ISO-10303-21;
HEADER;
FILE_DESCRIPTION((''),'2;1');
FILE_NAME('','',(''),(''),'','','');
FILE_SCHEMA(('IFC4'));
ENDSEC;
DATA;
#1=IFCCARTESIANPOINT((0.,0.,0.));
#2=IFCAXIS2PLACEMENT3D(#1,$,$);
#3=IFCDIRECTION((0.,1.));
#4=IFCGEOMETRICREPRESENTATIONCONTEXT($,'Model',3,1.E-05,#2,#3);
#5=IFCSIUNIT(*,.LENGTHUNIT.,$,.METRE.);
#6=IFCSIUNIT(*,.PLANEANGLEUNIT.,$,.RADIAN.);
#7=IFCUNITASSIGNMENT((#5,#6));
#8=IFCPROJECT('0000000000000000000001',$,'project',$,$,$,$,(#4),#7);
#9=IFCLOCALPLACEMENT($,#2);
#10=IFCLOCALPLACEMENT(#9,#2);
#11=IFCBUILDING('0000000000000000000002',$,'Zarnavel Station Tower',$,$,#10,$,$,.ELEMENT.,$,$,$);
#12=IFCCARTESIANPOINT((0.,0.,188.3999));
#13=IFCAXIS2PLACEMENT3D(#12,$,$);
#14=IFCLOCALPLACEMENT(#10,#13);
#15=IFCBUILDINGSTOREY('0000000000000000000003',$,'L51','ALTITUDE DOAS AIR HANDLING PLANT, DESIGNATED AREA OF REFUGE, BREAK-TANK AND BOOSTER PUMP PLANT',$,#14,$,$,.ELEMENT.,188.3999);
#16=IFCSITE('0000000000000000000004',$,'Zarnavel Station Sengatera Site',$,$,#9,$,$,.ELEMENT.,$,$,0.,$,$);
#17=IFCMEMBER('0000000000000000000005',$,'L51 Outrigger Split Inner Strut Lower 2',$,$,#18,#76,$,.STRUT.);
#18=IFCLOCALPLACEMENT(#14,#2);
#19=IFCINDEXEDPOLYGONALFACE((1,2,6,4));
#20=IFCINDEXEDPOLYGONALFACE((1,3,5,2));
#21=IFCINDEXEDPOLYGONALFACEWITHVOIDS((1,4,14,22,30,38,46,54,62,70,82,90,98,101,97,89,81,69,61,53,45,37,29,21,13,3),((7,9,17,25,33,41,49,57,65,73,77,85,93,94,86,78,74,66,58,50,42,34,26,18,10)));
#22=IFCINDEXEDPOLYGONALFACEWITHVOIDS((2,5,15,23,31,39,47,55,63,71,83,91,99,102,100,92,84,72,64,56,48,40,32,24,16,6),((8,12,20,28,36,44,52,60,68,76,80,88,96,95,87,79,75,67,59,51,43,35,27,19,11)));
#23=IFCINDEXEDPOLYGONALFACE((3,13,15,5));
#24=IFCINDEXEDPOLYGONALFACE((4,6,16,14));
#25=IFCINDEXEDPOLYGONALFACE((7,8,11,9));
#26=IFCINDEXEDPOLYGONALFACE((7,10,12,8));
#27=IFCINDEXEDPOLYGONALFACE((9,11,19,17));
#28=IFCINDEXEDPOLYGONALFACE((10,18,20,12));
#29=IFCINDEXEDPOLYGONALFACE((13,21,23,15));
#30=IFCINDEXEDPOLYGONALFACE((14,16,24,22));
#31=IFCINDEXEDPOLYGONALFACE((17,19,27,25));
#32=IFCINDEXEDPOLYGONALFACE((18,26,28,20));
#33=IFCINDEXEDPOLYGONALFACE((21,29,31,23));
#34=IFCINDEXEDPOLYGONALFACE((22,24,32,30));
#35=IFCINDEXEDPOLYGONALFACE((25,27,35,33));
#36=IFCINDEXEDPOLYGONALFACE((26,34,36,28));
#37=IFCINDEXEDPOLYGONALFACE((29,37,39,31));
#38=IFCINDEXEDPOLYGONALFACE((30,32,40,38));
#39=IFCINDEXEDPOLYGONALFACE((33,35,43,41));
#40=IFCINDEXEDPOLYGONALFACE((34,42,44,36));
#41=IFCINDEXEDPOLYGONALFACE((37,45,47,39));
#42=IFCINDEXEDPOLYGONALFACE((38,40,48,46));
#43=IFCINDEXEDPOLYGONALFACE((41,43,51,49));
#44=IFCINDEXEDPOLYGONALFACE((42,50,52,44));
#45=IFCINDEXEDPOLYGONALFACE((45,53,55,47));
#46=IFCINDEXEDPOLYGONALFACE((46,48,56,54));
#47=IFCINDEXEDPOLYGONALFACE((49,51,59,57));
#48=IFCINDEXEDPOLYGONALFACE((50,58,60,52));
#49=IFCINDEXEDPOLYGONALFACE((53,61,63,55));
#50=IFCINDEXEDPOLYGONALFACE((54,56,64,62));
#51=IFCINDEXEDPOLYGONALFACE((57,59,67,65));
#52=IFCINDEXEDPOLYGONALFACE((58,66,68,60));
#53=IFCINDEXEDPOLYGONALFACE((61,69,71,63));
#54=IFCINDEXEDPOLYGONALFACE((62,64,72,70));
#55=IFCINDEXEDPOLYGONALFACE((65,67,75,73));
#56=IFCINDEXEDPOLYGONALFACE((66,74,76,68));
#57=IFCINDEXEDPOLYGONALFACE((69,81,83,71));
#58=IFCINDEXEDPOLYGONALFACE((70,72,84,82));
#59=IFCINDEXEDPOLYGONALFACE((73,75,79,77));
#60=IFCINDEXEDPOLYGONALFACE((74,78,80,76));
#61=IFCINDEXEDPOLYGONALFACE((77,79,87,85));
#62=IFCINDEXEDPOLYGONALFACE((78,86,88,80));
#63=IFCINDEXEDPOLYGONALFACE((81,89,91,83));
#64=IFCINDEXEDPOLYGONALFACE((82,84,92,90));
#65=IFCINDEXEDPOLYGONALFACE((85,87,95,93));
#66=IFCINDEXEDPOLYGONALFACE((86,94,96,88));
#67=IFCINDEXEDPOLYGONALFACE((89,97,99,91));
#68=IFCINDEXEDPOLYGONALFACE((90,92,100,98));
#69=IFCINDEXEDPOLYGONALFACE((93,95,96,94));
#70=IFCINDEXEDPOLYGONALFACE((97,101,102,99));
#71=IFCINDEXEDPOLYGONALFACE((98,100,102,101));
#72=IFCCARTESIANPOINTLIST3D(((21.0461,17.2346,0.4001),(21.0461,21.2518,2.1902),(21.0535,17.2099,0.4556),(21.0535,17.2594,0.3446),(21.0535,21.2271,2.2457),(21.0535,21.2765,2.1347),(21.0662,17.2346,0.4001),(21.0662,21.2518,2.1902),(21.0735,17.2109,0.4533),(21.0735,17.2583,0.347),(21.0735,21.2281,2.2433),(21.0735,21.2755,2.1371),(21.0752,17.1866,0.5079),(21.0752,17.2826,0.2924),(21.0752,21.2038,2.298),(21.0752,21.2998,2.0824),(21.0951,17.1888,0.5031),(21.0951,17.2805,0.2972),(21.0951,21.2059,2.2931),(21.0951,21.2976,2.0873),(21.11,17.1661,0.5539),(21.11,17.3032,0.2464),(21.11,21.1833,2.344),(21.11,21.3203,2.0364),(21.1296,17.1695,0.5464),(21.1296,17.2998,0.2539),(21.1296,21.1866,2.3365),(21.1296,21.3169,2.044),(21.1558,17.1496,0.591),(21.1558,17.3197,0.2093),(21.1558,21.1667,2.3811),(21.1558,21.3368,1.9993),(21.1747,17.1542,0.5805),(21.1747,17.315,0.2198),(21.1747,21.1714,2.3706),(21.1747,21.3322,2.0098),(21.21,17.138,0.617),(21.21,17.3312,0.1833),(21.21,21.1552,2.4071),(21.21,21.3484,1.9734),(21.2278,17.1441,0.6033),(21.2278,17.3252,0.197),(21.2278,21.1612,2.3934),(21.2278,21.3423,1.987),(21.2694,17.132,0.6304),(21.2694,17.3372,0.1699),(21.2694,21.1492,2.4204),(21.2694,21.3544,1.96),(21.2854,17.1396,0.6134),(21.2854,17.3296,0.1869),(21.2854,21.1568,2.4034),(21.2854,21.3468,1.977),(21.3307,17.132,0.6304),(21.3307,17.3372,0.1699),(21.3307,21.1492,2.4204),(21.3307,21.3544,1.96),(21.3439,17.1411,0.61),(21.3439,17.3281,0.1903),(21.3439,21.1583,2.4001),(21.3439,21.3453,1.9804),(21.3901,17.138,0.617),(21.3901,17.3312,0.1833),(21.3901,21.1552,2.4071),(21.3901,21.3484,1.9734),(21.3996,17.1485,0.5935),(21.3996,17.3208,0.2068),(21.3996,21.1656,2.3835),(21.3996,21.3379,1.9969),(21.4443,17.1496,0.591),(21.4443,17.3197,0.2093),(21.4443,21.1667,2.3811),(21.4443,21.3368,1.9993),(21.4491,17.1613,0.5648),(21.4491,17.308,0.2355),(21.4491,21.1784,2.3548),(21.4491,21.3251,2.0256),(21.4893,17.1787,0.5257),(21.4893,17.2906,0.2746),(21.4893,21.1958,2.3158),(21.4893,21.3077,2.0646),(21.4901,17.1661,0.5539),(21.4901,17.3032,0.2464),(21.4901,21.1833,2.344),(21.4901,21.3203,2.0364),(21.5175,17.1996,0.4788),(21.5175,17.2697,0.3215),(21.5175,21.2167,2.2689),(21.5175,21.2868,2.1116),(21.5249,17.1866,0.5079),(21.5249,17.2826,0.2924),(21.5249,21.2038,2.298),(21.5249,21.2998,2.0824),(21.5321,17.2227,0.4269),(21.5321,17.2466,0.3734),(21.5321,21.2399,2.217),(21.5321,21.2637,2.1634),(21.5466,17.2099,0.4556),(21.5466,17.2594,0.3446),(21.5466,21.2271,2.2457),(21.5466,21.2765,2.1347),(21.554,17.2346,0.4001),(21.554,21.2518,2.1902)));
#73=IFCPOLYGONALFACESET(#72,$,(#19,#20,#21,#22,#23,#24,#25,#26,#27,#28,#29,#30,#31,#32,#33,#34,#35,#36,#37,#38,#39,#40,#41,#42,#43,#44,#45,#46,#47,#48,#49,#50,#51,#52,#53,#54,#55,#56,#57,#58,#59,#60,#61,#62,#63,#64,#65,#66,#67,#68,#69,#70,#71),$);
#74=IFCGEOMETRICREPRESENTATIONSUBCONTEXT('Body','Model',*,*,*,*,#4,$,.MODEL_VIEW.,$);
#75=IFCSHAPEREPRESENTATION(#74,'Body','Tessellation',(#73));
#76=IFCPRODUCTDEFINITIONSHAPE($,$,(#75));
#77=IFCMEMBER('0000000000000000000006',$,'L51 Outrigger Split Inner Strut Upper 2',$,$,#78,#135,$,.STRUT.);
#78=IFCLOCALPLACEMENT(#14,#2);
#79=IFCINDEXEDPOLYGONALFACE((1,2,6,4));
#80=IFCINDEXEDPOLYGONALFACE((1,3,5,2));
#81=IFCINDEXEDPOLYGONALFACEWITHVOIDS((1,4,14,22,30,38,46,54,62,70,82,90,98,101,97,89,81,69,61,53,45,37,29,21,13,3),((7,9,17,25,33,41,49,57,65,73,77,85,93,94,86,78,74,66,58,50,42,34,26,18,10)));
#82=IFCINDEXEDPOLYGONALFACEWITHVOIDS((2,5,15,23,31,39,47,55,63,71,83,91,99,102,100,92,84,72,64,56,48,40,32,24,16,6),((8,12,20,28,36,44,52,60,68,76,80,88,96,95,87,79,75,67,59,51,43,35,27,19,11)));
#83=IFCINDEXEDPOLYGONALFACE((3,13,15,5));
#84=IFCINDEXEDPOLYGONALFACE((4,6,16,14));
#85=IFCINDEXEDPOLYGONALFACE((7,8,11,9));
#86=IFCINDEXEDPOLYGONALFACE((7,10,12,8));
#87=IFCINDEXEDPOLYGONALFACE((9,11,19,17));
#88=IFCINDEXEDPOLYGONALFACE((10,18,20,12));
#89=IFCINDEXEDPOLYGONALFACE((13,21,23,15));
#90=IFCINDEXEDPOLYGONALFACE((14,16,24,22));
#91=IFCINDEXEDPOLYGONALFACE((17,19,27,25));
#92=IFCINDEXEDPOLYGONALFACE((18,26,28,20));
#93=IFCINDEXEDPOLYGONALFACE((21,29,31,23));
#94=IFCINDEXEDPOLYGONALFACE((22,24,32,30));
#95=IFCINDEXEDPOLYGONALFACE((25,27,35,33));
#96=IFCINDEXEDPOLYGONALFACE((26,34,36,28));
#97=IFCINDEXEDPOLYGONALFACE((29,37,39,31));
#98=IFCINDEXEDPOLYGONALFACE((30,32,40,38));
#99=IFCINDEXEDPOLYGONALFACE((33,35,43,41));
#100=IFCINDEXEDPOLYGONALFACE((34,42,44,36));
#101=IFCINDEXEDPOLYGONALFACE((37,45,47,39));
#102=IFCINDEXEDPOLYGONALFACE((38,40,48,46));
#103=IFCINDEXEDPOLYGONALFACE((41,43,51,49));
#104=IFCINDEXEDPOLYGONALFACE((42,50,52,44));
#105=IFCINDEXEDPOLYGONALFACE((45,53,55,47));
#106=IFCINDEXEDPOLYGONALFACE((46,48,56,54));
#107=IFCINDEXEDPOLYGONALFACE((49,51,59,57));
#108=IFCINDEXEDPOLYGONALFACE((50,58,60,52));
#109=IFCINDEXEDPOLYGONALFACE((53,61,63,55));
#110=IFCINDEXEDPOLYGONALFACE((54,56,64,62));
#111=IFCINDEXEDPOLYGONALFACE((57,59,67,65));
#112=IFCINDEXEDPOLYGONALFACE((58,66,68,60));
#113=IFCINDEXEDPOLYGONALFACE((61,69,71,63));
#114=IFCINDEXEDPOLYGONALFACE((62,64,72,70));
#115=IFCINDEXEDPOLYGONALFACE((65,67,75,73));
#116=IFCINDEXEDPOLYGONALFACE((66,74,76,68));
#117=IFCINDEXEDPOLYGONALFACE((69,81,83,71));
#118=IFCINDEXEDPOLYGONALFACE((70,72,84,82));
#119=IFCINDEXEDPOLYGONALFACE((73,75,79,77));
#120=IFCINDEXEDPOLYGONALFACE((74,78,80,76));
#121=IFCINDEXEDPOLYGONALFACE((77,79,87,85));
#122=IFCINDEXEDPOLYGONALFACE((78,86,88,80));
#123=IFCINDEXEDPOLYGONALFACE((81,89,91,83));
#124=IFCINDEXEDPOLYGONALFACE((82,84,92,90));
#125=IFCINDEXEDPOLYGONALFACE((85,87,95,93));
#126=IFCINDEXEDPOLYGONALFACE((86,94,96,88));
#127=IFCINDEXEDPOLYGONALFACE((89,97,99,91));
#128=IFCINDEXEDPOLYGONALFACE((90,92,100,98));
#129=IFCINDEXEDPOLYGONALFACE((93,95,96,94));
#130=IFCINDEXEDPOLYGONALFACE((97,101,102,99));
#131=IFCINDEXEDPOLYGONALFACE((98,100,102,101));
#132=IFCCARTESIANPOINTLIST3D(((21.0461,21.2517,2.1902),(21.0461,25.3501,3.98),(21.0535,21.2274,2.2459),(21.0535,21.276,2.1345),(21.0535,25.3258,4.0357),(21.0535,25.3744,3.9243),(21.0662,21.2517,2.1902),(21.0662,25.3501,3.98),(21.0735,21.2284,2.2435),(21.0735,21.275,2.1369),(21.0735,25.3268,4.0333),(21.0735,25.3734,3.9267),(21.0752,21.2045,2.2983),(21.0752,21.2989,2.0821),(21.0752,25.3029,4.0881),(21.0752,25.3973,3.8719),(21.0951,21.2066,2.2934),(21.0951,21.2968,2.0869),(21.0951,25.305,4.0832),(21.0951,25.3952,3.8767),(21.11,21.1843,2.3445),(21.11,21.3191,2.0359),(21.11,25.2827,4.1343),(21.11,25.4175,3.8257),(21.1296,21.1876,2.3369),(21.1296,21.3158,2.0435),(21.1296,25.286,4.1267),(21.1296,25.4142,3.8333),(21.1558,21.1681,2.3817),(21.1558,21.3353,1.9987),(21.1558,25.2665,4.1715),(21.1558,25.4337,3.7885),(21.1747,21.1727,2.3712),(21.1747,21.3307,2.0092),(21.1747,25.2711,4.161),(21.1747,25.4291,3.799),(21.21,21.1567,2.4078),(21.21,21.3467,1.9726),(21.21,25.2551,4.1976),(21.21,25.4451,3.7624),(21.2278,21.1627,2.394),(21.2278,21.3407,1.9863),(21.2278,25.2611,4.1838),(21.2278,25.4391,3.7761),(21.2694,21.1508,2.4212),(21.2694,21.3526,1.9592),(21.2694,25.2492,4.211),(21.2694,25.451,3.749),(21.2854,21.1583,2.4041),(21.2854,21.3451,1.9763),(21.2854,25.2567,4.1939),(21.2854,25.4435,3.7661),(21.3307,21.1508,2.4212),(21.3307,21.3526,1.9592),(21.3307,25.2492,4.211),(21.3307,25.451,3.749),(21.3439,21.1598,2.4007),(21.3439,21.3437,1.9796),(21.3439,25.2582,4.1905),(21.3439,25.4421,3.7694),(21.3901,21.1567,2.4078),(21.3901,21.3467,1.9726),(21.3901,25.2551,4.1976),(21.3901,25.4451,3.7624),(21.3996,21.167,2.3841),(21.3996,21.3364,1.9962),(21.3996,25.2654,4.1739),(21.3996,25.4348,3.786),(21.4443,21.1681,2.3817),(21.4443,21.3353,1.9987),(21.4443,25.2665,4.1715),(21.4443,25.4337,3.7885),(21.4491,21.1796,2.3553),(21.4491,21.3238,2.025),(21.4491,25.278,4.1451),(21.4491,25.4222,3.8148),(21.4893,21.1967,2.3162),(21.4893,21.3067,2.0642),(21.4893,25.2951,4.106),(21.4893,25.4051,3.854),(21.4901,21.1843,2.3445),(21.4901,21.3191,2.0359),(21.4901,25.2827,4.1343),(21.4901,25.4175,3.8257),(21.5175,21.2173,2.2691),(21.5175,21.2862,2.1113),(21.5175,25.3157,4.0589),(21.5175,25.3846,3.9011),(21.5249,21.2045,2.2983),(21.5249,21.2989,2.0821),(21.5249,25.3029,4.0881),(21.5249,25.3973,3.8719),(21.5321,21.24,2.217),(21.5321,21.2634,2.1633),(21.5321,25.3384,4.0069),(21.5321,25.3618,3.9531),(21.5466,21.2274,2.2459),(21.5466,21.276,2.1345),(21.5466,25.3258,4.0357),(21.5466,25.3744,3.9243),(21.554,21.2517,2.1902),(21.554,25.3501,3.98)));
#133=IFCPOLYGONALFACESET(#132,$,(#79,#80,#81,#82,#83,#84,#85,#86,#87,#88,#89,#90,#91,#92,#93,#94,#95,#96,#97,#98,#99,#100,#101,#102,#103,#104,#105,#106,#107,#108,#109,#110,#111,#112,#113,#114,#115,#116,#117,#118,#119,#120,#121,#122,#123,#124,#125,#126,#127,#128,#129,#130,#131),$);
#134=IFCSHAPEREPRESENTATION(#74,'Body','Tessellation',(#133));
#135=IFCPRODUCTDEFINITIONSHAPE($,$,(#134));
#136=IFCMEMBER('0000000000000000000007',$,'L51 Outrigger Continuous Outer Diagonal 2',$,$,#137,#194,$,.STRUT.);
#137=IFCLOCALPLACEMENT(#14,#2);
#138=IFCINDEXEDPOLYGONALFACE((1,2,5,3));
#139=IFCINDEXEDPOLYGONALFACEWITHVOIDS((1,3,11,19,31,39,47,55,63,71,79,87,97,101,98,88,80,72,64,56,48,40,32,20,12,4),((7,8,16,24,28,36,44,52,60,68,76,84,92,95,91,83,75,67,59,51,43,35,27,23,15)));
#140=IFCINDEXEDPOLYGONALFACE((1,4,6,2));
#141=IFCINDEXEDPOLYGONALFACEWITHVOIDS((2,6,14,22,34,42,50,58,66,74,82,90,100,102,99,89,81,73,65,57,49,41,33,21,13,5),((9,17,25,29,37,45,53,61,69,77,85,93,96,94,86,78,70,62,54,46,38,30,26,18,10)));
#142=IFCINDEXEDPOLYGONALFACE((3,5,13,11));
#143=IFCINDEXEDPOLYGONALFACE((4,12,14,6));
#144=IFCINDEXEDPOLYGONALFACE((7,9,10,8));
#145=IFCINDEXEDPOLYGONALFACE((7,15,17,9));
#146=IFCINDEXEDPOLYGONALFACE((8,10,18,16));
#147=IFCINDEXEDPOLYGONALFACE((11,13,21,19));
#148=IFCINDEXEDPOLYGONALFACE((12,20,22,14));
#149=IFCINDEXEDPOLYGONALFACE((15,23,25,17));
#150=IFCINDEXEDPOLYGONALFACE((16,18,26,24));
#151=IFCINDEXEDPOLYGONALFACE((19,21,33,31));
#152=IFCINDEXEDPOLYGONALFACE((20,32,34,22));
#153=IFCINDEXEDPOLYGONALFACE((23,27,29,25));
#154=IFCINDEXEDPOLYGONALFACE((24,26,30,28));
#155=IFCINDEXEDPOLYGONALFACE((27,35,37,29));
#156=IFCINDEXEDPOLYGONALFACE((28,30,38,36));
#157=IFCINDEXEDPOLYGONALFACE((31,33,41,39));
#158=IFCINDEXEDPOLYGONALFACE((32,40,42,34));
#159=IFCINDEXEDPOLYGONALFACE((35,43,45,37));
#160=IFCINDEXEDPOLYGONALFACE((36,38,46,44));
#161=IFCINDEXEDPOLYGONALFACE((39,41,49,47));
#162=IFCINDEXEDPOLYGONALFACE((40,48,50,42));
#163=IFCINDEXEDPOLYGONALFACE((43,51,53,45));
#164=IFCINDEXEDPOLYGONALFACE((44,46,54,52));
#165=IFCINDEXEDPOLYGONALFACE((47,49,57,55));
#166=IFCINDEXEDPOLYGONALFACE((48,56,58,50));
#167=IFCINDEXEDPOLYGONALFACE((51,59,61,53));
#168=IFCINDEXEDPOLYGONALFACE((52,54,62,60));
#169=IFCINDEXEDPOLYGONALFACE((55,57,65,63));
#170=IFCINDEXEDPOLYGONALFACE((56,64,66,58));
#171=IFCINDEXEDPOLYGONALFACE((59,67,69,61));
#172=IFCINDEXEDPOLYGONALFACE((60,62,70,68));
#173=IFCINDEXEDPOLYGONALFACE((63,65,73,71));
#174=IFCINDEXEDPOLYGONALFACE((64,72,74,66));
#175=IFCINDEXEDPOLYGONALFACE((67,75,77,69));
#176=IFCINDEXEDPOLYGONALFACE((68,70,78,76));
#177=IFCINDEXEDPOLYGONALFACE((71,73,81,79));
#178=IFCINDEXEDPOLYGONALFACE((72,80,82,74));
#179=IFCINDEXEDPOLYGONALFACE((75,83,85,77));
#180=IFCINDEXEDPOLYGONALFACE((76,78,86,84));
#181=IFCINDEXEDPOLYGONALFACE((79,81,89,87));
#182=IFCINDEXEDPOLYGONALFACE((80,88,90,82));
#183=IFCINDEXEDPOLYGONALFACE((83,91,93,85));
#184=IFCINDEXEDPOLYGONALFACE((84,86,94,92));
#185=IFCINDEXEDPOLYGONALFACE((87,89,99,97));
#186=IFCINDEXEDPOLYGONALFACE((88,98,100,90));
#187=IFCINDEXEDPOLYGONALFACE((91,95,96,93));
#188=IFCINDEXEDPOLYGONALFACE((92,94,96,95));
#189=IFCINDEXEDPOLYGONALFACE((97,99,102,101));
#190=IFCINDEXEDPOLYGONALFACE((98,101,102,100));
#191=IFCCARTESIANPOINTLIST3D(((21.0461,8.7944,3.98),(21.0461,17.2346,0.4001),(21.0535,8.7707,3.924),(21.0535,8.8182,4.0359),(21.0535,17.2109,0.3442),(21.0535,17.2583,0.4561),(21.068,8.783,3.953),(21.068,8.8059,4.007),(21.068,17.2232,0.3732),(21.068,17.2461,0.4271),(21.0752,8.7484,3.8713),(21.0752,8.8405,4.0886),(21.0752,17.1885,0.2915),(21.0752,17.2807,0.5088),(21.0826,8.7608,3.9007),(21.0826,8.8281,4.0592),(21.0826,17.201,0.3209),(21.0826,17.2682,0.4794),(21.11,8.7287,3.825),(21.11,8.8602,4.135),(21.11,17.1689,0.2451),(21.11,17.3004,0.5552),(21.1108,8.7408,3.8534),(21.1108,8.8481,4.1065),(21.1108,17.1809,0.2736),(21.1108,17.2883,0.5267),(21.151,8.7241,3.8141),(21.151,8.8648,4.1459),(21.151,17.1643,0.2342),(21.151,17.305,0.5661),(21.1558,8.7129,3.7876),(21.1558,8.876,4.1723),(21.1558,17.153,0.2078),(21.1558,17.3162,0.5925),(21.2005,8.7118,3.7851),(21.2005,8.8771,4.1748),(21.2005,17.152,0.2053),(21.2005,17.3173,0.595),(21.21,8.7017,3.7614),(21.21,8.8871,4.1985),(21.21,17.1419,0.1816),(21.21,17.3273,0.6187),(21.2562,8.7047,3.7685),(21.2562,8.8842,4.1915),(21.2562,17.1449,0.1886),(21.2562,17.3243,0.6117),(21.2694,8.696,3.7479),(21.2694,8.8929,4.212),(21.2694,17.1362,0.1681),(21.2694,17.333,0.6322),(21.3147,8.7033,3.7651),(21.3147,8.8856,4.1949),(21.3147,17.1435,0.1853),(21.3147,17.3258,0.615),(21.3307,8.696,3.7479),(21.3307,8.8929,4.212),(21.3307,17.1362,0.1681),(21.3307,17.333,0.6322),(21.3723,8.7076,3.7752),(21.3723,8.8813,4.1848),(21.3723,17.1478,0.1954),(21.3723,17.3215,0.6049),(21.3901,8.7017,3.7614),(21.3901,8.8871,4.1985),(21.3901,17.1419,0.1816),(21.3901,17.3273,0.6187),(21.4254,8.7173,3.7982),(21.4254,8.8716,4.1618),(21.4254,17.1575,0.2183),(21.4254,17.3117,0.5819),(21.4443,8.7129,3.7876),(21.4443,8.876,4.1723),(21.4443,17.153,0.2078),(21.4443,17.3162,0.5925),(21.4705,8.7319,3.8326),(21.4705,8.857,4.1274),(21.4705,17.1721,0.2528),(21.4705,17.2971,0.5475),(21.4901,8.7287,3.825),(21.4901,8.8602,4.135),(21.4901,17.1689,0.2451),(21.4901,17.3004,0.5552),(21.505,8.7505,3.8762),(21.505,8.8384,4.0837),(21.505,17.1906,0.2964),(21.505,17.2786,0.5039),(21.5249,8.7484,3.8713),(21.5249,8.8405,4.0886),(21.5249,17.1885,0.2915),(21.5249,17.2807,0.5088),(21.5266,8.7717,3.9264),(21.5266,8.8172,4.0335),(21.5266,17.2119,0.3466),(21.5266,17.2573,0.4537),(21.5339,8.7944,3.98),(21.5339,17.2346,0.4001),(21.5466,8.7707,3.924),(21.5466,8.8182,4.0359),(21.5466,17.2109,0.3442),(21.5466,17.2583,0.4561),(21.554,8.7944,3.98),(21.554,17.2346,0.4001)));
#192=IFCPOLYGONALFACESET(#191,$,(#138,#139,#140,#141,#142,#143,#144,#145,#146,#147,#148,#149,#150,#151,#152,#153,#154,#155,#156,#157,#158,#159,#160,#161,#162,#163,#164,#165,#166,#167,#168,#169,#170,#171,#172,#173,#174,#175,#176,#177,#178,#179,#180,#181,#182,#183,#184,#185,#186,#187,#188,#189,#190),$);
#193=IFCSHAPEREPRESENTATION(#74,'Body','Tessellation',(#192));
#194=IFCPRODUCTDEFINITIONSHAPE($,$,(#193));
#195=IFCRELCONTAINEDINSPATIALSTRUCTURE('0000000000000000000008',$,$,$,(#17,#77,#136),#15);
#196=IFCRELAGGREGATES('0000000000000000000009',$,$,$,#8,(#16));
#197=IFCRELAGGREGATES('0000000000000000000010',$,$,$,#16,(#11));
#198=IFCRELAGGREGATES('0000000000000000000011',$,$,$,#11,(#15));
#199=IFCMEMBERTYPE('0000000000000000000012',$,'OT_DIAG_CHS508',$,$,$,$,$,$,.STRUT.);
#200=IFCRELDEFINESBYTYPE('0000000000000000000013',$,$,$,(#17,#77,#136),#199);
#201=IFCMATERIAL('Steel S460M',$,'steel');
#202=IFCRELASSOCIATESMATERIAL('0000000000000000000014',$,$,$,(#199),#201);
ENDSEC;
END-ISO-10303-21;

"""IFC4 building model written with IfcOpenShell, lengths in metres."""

from ifc_helpers import new_model, si_unit, direction, frame, origin, origin_2d, place, context, subcontext, project, spatial, hollow_circle, extrude, material, material_profile, profile_set, type_object, element, save


model = new_model("IFC4")

# Units and contexts
model_context = context("Model", 3, precision=1e-05, world=origin(), true_north=direction((0.0, 1.0)))
body_context = subcontext(model_context, "Body", "Model", "MODEL_VIEW")
ifc_project = project(units=[si_unit("LENGTHUNIT", "METRE"), si_unit("PLANEANGLEUNIT", "RADIAN")], contexts=[model_context])

# Site, building, storey
site_placement = place(None, origin())
site = spatial("IfcSite", under=ifc_project, at=site_placement, Name="Zarnavel Station Sengatera Site", CompositionType="ELEMENT", RefElevation=0.0)
building_placement = place(site_placement, origin())
building = spatial("IfcBuilding", under=site, at=building_placement, Name="Zarnavel Station Tower", CompositionType="ELEMENT")
storey_placement = place(building_placement, frame((0.0, 0.0, 188.3999)))
storey = spatial("IfcBuildingStorey", under=building, at=storey_placement, Name="L51", Description="ALTITUDE DOAS AIR HANDLING PLANT, DESIGNATED AREA OF REFUGE, BREAK-TANK AND BOOSTER PUMP PLANT", CompositionType="ELEMENT", Elevation=188.3999)

# Members
ifc_material_1 = material(Name="Steel S460M", Category="steel")
ifc_material_profile_1 = material_profile(ifc_material_1, hollow_circle(Radius=0.2539, WallThickness=0.02, at=origin_2d()), Name="CHS508x20")
ifc_profile_set_1 = profile_set([ifc_material_profile_1], Name="Steel S460M")
member_type_1 = type_object("IfcMemberType", Name="OT_DIAG_CHS508", PredefinedType="STRUT", material=ifc_profile_set_1)
member_1_placement = place(storey_placement, frame((21.3, 17.2346, 0.4001), z_axis=(0.0, 0.913417, 0.407024), x_axis=(-1.0, 0.0, 0.0)))
element("IfcMember", 1, at=member_1_placement, inside=storey, type_object=member_type_1, Name="L51 Outrigger Split Inner Strut Lower 2", PredefinedType="STRUT", context=body_context, shape_type="SweptSolid", body=[
    extrude(hollow_circle(Radius=0.2539, WallThickness=0.02, at=origin_2d()), origin(), (0.0, 0.0, 1.0), 4.3979),
])
member_2_placement = place(storey_placement, frame((21.3, 21.2517, 2.1902), z_axis=(0.0, 0.916424, 0.400209), x_axis=(-1.0, 0.0, 0.0)))
element("IfcMember", 2, at=member_2_placement, inside=storey, type_object=member_type_1, Name="L51 Outrigger Split Inner Strut Upper 2", PredefinedType="STRUT", context=body_context, shape_type="SweptSolid", body=[
    extrude(hollow_circle(Radius=0.2539, WallThickness=0.02, at=origin_2d()), origin(), (0.0, 0.0, 1.0), 4.4722),
])
member_3_placement = place(storey_placement, frame((21.3, 17.2346, 0.4001), z_axis=(0.0, -0.920615, 0.390471), x_axis=(1.0, 0.0, 0.0)))
element("IfcMember", 3, at=member_3_placement, inside=storey, type_object=member_type_1, Name="L51 Outrigger Continuous Outer Diagonal 2", PredefinedType="STRUT", context=body_context, shape_type="SweptSolid", body=[
    extrude(hollow_circle(Radius=0.2539, WallThickness=0.02, at=origin_2d()), origin(), (0.0, 0.0, 1.0), 9.168),
])

save(model, "model.ifc")
